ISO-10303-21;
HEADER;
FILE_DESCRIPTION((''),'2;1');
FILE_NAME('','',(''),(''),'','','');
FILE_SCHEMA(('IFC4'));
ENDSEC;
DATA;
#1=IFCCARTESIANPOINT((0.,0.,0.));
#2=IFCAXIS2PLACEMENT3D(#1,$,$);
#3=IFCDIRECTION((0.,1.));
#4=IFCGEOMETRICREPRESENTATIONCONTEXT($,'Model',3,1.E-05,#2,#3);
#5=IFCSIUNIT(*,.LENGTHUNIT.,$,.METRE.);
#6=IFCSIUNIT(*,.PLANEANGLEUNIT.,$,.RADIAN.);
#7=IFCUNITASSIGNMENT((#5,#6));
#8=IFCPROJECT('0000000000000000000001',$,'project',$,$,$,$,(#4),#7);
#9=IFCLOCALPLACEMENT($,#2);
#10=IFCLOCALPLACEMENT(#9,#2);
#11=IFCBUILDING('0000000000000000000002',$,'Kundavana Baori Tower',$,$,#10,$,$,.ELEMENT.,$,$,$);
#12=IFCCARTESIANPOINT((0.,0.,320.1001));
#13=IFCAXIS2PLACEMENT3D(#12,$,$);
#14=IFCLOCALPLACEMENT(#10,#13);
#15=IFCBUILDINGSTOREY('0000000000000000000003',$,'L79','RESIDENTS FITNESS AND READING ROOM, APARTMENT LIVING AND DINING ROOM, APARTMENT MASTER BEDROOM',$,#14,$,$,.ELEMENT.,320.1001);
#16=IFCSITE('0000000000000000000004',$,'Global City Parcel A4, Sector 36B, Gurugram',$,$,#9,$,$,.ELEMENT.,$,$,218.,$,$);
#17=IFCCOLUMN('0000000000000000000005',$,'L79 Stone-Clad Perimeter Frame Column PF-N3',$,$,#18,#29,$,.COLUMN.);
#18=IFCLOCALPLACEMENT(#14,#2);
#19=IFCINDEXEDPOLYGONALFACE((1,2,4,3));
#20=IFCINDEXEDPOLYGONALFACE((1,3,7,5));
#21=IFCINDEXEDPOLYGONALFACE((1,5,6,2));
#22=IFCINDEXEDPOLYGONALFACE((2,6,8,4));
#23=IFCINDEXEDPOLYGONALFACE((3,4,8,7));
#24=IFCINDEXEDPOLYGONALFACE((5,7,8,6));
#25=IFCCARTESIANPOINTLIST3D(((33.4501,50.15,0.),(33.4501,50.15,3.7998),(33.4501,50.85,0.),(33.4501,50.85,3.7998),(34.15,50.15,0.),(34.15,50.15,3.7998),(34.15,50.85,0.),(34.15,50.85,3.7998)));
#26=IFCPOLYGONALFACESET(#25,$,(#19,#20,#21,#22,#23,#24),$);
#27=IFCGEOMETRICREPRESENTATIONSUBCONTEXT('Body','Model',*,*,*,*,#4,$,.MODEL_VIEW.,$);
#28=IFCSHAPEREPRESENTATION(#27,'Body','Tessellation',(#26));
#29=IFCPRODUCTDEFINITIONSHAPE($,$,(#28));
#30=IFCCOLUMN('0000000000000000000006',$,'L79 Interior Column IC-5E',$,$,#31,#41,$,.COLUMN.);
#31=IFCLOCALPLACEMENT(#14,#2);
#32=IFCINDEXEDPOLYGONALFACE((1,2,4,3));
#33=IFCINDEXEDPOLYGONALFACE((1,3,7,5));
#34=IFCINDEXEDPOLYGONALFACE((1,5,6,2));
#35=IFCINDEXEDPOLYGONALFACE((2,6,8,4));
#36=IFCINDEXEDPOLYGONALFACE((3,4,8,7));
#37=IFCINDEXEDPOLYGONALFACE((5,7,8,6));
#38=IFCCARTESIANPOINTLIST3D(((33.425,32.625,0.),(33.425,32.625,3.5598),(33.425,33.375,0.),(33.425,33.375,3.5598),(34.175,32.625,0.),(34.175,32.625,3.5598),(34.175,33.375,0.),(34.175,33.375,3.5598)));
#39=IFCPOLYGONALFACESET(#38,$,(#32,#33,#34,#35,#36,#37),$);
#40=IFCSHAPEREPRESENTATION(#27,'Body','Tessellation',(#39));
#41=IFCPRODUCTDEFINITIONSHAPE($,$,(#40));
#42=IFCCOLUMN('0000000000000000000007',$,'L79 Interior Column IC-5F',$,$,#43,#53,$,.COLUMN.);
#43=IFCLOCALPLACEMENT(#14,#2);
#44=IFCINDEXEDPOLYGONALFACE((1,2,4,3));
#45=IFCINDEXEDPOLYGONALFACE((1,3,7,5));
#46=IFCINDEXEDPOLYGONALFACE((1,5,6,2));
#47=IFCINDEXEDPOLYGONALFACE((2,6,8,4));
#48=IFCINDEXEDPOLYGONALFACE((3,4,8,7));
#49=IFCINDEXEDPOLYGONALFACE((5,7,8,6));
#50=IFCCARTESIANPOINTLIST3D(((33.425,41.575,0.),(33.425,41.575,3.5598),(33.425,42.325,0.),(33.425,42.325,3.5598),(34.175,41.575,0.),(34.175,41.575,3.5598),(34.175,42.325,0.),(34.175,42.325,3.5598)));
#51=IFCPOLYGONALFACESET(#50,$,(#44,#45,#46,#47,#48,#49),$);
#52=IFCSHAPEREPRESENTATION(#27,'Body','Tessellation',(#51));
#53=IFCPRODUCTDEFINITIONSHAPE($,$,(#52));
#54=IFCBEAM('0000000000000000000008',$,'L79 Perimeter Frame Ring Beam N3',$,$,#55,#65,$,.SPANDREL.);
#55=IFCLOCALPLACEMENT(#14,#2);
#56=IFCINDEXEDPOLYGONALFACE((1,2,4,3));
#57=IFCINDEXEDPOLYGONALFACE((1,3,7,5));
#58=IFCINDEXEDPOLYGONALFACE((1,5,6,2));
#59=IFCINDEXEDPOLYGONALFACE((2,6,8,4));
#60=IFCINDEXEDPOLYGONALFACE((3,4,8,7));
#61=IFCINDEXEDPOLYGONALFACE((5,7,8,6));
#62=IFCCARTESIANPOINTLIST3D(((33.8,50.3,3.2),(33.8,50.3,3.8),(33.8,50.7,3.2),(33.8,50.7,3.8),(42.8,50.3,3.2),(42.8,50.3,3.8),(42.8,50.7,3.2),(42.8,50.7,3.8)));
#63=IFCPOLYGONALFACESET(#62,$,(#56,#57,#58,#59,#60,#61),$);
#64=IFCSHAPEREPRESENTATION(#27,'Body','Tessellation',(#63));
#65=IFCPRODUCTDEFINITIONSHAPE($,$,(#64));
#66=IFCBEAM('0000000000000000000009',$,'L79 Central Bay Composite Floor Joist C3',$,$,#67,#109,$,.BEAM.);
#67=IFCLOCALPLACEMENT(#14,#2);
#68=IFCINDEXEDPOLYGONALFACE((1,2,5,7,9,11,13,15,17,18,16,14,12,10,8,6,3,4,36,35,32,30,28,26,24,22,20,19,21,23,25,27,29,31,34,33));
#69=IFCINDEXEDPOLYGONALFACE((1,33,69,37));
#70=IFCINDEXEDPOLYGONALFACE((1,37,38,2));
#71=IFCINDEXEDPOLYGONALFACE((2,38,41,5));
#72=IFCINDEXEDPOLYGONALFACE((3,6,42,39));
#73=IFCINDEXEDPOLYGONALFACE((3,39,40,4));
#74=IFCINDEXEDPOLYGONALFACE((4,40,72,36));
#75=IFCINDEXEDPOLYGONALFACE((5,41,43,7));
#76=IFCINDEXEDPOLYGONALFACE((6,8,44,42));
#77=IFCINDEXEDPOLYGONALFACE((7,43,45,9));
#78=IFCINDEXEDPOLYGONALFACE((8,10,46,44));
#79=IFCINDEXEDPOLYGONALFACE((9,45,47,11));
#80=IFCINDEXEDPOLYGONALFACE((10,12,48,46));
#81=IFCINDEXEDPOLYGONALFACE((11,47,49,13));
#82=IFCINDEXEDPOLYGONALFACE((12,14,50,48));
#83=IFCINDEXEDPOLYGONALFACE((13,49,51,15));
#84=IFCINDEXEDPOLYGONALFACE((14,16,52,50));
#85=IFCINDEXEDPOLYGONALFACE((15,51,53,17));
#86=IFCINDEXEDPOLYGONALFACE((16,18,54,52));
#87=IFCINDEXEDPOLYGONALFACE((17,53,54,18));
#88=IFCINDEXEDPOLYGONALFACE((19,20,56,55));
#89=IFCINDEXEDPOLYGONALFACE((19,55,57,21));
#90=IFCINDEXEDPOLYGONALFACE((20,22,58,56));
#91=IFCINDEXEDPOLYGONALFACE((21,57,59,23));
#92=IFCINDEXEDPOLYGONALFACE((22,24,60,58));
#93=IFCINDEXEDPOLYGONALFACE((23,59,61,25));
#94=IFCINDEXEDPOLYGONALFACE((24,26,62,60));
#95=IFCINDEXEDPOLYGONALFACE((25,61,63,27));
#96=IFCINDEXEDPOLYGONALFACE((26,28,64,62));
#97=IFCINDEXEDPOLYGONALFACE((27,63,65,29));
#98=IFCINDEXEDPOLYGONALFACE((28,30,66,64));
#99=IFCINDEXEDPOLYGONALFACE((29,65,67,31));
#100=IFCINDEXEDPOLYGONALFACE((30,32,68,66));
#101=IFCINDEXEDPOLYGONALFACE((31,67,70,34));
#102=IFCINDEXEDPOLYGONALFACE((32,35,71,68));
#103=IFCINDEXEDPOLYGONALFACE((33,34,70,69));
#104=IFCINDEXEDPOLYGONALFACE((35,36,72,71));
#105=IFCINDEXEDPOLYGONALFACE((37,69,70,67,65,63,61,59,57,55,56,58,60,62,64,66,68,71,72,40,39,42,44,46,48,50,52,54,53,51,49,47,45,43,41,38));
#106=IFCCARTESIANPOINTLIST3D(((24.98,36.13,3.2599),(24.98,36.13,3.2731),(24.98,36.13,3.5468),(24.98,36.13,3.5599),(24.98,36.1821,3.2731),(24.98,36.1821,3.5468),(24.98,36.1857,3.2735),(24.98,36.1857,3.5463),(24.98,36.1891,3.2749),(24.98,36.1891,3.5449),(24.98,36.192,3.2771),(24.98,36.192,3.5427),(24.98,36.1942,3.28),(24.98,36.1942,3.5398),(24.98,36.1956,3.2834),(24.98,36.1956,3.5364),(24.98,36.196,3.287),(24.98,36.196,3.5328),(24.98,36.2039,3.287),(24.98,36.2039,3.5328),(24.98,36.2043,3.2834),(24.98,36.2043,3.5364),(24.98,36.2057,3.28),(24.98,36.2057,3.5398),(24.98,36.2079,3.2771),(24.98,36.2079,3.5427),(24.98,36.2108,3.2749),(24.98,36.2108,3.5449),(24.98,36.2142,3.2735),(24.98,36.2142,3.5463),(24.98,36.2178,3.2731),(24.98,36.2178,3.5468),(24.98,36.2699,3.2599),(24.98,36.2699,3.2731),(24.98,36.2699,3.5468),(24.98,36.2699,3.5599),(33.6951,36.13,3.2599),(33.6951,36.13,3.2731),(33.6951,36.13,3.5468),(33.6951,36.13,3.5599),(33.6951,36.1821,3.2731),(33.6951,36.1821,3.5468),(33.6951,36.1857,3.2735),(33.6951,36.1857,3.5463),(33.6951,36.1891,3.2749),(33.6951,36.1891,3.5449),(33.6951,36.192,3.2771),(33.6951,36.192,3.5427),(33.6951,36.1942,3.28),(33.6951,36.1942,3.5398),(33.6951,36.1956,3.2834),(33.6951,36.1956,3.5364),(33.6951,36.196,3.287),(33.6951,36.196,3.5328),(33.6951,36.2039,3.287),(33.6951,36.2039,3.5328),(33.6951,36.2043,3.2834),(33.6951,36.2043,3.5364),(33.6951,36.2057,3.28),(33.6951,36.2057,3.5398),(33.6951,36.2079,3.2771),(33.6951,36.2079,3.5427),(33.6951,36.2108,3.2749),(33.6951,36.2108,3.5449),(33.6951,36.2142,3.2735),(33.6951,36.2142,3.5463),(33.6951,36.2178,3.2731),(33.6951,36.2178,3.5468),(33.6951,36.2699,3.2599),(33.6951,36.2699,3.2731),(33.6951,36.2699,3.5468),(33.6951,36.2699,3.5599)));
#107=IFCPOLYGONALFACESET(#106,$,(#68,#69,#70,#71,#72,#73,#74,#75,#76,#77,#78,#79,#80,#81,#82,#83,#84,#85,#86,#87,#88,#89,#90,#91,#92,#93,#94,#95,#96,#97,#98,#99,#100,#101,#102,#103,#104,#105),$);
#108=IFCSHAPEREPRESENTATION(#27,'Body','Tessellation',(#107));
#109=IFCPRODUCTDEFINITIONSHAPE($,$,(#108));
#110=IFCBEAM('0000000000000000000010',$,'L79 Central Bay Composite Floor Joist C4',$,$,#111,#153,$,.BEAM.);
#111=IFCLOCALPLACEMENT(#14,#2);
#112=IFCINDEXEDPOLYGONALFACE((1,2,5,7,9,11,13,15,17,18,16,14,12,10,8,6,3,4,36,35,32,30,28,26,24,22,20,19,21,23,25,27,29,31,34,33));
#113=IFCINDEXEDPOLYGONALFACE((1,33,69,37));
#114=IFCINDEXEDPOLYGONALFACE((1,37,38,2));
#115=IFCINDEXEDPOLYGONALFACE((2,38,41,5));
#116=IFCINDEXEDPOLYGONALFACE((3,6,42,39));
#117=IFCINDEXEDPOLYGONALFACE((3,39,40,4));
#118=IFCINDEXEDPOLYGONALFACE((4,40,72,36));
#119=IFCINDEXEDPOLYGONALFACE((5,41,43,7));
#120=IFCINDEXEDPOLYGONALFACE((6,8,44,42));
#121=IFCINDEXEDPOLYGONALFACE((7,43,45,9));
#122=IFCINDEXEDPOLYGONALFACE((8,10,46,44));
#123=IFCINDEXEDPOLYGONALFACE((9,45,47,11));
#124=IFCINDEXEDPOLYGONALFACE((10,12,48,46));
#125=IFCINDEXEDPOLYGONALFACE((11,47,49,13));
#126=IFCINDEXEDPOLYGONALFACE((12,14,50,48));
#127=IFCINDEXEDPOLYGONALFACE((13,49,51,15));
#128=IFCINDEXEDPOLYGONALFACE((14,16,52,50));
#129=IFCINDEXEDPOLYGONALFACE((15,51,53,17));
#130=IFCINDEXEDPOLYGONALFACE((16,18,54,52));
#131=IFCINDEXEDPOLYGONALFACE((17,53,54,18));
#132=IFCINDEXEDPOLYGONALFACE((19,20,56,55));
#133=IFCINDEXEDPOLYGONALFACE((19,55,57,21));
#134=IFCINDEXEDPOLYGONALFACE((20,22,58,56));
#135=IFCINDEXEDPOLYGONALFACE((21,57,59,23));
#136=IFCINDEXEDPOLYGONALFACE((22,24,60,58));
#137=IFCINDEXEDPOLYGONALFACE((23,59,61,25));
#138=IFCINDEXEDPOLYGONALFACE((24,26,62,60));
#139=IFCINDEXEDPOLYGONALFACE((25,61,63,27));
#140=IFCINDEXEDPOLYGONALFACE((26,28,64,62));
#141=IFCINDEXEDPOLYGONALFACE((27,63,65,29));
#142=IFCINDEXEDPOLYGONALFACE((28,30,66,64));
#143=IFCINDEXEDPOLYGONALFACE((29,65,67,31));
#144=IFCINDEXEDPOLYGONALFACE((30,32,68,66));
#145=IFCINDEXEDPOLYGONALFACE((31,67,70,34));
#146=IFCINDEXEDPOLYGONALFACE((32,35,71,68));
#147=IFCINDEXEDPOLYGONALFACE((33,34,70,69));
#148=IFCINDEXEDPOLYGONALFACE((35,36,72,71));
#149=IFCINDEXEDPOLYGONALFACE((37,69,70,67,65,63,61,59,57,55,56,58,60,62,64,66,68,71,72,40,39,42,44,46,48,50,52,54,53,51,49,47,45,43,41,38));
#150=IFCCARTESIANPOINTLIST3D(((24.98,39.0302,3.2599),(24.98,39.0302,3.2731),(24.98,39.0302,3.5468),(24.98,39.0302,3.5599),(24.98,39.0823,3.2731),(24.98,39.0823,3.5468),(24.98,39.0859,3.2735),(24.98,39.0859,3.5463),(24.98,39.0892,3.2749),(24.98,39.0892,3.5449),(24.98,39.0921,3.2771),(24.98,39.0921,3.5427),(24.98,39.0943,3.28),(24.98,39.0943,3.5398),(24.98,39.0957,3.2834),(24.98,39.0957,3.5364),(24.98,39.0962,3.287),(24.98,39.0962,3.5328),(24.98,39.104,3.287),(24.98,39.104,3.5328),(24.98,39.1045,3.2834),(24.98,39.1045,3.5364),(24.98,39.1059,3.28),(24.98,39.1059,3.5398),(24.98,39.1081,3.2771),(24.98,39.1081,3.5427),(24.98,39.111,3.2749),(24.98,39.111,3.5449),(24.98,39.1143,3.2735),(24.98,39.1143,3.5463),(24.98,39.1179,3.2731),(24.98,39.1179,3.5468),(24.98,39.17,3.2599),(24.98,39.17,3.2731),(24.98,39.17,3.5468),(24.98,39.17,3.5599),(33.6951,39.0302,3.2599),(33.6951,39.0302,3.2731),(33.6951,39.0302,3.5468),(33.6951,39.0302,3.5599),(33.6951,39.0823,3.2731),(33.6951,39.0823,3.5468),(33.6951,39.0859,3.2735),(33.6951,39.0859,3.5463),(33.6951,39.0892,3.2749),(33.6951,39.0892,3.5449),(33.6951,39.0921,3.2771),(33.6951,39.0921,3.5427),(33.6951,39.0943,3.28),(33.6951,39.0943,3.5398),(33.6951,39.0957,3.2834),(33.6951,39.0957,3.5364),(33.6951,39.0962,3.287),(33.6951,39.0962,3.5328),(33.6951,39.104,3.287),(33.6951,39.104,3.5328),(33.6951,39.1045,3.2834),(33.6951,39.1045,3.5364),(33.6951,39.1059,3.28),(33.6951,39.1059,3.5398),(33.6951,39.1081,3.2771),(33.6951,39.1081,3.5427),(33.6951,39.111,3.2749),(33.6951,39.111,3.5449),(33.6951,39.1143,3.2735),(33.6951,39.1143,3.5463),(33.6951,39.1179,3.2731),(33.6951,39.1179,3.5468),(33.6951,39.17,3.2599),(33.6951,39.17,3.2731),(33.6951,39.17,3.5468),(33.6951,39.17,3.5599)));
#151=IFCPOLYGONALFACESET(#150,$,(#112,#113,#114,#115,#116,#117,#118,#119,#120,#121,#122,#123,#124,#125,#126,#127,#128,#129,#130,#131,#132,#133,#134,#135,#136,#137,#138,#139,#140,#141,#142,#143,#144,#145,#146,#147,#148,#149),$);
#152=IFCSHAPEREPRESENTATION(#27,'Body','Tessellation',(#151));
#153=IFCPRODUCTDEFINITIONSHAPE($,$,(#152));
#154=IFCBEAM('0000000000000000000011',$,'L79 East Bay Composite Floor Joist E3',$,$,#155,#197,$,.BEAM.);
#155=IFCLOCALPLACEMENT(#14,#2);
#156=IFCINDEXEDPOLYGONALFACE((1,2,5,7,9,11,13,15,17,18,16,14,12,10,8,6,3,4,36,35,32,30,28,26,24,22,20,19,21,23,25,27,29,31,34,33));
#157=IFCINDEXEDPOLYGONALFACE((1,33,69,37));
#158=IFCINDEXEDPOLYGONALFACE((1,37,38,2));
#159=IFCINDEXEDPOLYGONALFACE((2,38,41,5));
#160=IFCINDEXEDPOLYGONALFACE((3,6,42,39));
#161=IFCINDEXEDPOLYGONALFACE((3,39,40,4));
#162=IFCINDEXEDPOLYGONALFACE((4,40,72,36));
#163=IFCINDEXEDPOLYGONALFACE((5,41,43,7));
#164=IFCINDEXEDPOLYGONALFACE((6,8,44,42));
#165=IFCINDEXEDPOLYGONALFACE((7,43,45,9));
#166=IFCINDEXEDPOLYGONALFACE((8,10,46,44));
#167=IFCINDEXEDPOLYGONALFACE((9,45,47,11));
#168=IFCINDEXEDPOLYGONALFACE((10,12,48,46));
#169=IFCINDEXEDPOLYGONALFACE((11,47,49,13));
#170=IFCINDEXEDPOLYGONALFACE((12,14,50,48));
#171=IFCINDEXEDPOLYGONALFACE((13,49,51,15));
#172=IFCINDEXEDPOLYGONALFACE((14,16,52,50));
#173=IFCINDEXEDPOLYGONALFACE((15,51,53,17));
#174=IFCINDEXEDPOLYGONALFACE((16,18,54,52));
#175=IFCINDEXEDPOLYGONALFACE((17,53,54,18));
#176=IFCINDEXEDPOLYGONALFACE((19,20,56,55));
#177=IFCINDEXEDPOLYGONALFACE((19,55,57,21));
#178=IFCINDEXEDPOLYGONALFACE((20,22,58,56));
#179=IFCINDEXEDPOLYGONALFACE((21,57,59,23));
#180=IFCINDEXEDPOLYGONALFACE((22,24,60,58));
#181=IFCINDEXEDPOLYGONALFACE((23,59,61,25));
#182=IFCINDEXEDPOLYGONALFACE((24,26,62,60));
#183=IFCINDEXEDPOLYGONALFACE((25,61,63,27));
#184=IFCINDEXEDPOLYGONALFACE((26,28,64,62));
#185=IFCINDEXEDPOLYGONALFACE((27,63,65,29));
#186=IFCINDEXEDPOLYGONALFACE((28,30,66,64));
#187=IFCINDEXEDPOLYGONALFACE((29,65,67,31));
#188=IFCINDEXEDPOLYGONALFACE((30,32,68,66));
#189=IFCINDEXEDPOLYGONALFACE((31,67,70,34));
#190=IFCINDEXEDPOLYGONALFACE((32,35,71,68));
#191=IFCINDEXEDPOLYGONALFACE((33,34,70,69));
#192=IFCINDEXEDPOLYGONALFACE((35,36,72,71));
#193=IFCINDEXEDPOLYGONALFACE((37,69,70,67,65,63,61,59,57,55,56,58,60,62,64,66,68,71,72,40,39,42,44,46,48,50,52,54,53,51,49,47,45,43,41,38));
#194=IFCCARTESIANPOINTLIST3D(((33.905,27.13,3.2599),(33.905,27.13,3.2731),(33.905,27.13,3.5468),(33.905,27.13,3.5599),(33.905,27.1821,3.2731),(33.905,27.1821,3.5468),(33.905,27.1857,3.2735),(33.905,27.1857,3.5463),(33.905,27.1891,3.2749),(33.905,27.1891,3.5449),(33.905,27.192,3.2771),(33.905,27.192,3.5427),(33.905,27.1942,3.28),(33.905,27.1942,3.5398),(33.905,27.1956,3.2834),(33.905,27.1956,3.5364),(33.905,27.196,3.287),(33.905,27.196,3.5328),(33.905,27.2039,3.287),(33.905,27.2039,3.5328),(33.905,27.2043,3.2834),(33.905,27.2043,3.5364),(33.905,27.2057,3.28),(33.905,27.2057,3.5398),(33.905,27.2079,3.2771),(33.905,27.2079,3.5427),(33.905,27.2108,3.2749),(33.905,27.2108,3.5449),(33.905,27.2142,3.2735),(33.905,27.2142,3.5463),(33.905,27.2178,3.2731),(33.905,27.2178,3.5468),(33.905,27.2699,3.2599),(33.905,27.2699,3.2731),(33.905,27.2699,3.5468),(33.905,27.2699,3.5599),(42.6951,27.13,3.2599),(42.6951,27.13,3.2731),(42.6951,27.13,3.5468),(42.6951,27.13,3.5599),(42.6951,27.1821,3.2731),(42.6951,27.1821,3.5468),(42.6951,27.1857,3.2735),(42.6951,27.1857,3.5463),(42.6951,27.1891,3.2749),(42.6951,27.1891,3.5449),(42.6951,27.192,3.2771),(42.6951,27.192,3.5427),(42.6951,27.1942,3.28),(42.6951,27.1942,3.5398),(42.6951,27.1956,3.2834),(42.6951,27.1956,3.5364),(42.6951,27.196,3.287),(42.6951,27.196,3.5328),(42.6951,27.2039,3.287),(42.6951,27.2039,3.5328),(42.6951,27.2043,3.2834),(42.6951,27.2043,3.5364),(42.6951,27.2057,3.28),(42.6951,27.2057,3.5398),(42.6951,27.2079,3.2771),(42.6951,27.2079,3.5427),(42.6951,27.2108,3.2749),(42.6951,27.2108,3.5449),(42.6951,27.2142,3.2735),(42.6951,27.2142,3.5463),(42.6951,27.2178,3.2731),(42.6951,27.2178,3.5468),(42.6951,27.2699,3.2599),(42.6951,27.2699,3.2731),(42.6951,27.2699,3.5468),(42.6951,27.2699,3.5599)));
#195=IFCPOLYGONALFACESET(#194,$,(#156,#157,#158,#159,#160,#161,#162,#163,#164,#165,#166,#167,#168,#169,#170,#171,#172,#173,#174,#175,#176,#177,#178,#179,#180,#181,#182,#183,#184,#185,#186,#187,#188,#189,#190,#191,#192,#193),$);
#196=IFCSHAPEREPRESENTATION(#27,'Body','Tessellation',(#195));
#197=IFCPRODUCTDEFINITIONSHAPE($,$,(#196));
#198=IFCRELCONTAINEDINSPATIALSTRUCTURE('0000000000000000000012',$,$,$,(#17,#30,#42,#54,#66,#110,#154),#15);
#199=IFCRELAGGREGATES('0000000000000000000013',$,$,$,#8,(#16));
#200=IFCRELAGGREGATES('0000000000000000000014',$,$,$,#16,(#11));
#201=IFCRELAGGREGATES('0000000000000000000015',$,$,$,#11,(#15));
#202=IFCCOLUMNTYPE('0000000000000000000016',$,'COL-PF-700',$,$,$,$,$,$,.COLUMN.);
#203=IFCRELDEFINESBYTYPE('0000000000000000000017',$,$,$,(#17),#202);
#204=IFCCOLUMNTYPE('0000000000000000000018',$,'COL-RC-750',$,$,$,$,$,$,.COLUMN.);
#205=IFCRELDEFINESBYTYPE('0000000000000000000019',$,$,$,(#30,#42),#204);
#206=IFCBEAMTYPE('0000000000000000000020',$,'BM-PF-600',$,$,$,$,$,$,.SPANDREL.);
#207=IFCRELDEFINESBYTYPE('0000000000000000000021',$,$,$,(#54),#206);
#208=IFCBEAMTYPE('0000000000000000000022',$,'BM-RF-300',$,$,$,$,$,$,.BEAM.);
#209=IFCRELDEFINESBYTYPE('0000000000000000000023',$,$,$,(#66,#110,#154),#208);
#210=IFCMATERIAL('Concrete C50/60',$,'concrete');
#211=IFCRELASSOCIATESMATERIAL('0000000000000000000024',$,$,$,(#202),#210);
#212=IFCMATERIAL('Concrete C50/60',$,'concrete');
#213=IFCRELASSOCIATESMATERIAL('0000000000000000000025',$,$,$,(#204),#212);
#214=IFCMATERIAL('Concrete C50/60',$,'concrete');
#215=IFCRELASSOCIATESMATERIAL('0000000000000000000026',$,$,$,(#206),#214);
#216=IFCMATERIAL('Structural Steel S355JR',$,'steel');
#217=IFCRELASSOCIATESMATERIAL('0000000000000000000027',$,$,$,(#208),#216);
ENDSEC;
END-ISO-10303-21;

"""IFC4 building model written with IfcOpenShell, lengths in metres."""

from ifc_helpers import new_model, si_unit, direction, frame, origin, origin_2d, place, context, subcontext, project, spatial, rectangle, i_section, extrude, material, material_profile, profile_set, type_object, element, save


model = new_model("IFC4")

# Units and contexts
model_context = context("Model", 3, precision=1e-05, world=origin(), true_north=direction((0.0, 1.0)))
body_context = subcontext(model_context, "Body", "Model", "MODEL_VIEW")
ifc_project = project(units=[si_unit("LENGTHUNIT", "METRE"), si_unit("PLANEANGLEUNIT", "RADIAN")], contexts=[model_context])

# Site, building, storey
site_placement = place(None, origin())
site = spatial("IfcSite", under=ifc_project, at=site_placement, Name="Global City Parcel A4, Sector 36B, Gurugram", CompositionType="ELEMENT", RefElevation=218.0)
building_placement = place(site_placement, origin())
building = spatial("IfcBuilding", under=site, at=building_placement, Name="Kundavana Baori Tower", CompositionType="ELEMENT")
storey_placement = place(building_placement, frame((0.0, 0.0, 320.1001)))
storey = spatial("IfcBuildingStorey", under=building, at=storey_placement, Name="L79", Description="RESIDENTS FITNESS AND READING ROOM, APARTMENT LIVING AND DINING ROOM, APARTMENT MASTER BEDROOM", CompositionType="ELEMENT", Elevation=320.1001)

# Columns
ifc_material_1 = material(Name="Concrete C50/60", Category="concrete")
ifc_material_profile_1 = material_profile(ifc_material_1, rectangle(XDim=0.7, YDim=0.7, at=origin_2d()), Name="RC PF 700x700")
ifc_profile_set_1 = profile_set([ifc_material_profile_1], Name="Concrete C50/60")
column_type_1 = type_object("IfcColumnType", Name="COL-PF-700", PredefinedType="COLUMN", material=ifc_profile_set_1)
column_placement = place(storey_placement, frame((33.8, 50.5, 0.0), z_axis=(0.0, 0.0, 1.0), x_axis=(1.0, 0.0, 0.0)))
element("IfcColumn", 1, at=column_placement, inside=storey, type_object=column_type_1, Name="L79 Stone-Clad Perimeter Frame Column PF-N3", PredefinedType="COLUMN", context=body_context, shape_type="SweptSolid", body=[
    extrude(rectangle(XDim=0.7, YDim=0.7, at=origin_2d()), origin(), (0.0, 0.0, 1.0), 3.7998),
])
ifc_material_2 = material(Name="Concrete C50/60", Category="concrete")
ifc_material_profile_2 = material_profile(ifc_material_2, rectangle(XDim=0.75, YDim=0.75, at=origin_2d()), Name="RC 750x750")
ifc_profile_set_2 = profile_set([ifc_material_profile_2], Name="Concrete C50/60")
column_type_2 = type_object("IfcColumnType", Name="COL-RC-750", PredefinedType="COLUMN", material=ifc_profile_set_2)
for number, where, z_axis, x_axis, name in (
    (2, (33.8, 33.0, 0.0), (0.0, 0.0, 1.0), (1.0, 0.0, 0.0), "L79 Interior Column IC-5E"),
    (3, (33.8, 41.95, 0.0), (0.0, 0.0, 1.0), (1.0, 0.0, 0.0), "L79 Interior Column IC-5F"),
):
    element("IfcColumn", number, at=place(storey_placement, frame(where, z_axis=z_axis, x_axis=x_axis)), inside=storey, type_object=column_type_2, Name=name, PredefinedType="COLUMN", context=body_context, shape_type="SweptSolid", body=[
        extrude(rectangle(XDim=0.75, YDim=0.75, at=origin_2d()), origin(), (0.0, 0.0, 1.0), 3.5598),
    ])

# Beams
ifc_material_3 = material(Name="Concrete C50/60", Category="concrete")
ifc_material_profile_3 = material_profile(ifc_material_3, rectangle(XDim=0.3999, YDim=0.6001, at=origin_2d()), Name="RC BM 400x600")
ifc_profile_set_3 = profile_set([ifc_material_profile_3], Name="Concrete C50/60")
beam_type_1 = type_object("IfcBeamType", Name="BM-PF-600", PredefinedType="SPANDREL", material=ifc_profile_set_3)
beam_1_placement = place(storey_placement, frame((33.8, 50.5, 3.5), z_axis=(1.0, 0.0, 0.0), x_axis=(0.0, 1.0, 0.0)))
element("IfcBeam", 4, at=beam_1_placement, inside=storey, type_object=beam_type_1, Name="L79 Perimeter Frame Ring Beam N3", PredefinedType="SPANDREL", context=body_context, shape_type="SweptSolid", body=[
    extrude(rectangle(XDim=0.3999, YDim=0.6001, at=origin_2d()), origin(), (0.0, 0.0, 1.0), 9.0),
])
ifc_material_4 = material(Name="Structural Steel S355JR", Category="steel")
ifc_material_profile_4 = material_profile(ifc_material_4, i_section(OverallWidth=0.1399, OverallDepth=0.3, WebThickness=0.0078, FlangeThickness=0.0132, FilletRadius=0.0139, at=origin_2d()), Name="ISMB 300")
ifc_profile_set_4 = profile_set([ifc_material_profile_4], Name="Structural Steel S355JR")
beam_type_2 = type_object("IfcBeamType", Name="BM-RF-300", PredefinedType="BEAM", material=ifc_profile_set_4)
for number, where, z_axis, x_axis, name in (
    (5, (24.98, 36.2, 3.4099), (1.0, 0.0, 0.0), (0.0, 1.0, 0.0), "L79 Central Bay Composite Floor Joist C3"),
    (6, (24.98, 39.1001, 3.4099), (1.0, 0.0, 0.0), (0.0, 1.0, 0.0), "L79 Central Bay Composite Floor Joist C4"),
):
    element("IfcBeam", number, at=place(storey_placement, frame(where, z_axis=z_axis, x_axis=x_axis)), inside=storey, type_object=beam_type_2, Name=name, PredefinedType="BEAM", context=body_context, shape_type="SweptSolid", body=[
        extrude(i_section(OverallWidth=0.1399, OverallDepth=0.3, WebThickness=0.0078, FlangeThickness=0.0132, FilletRadius=0.0139, at=origin_2d()), origin(), (0.0, 0.0, 1.0), 8.7151),
    ])
beam_2_placement = place(storey_placement, frame((33.905, 27.2, 3.4099), z_axis=(1.0, 0.0, 0.0), x_axis=(0.0, 1.0, 0.0)))
element("IfcBeam", 7, at=beam_2_placement, inside=storey, type_object=beam_type_2, Name="L79 East Bay Composite Floor Joist E3", PredefinedType="BEAM", context=body_context, shape_type="SweptSolid", body=[
    extrude(i_section(OverallWidth=0.1399, OverallDepth=0.3, WebThickness=0.0078, FlangeThickness=0.0132, FilletRadius=0.0139, at=origin_2d()), origin(), (0.0, 0.0, 1.0), 8.79),
])

save(model, "model.ifc")
